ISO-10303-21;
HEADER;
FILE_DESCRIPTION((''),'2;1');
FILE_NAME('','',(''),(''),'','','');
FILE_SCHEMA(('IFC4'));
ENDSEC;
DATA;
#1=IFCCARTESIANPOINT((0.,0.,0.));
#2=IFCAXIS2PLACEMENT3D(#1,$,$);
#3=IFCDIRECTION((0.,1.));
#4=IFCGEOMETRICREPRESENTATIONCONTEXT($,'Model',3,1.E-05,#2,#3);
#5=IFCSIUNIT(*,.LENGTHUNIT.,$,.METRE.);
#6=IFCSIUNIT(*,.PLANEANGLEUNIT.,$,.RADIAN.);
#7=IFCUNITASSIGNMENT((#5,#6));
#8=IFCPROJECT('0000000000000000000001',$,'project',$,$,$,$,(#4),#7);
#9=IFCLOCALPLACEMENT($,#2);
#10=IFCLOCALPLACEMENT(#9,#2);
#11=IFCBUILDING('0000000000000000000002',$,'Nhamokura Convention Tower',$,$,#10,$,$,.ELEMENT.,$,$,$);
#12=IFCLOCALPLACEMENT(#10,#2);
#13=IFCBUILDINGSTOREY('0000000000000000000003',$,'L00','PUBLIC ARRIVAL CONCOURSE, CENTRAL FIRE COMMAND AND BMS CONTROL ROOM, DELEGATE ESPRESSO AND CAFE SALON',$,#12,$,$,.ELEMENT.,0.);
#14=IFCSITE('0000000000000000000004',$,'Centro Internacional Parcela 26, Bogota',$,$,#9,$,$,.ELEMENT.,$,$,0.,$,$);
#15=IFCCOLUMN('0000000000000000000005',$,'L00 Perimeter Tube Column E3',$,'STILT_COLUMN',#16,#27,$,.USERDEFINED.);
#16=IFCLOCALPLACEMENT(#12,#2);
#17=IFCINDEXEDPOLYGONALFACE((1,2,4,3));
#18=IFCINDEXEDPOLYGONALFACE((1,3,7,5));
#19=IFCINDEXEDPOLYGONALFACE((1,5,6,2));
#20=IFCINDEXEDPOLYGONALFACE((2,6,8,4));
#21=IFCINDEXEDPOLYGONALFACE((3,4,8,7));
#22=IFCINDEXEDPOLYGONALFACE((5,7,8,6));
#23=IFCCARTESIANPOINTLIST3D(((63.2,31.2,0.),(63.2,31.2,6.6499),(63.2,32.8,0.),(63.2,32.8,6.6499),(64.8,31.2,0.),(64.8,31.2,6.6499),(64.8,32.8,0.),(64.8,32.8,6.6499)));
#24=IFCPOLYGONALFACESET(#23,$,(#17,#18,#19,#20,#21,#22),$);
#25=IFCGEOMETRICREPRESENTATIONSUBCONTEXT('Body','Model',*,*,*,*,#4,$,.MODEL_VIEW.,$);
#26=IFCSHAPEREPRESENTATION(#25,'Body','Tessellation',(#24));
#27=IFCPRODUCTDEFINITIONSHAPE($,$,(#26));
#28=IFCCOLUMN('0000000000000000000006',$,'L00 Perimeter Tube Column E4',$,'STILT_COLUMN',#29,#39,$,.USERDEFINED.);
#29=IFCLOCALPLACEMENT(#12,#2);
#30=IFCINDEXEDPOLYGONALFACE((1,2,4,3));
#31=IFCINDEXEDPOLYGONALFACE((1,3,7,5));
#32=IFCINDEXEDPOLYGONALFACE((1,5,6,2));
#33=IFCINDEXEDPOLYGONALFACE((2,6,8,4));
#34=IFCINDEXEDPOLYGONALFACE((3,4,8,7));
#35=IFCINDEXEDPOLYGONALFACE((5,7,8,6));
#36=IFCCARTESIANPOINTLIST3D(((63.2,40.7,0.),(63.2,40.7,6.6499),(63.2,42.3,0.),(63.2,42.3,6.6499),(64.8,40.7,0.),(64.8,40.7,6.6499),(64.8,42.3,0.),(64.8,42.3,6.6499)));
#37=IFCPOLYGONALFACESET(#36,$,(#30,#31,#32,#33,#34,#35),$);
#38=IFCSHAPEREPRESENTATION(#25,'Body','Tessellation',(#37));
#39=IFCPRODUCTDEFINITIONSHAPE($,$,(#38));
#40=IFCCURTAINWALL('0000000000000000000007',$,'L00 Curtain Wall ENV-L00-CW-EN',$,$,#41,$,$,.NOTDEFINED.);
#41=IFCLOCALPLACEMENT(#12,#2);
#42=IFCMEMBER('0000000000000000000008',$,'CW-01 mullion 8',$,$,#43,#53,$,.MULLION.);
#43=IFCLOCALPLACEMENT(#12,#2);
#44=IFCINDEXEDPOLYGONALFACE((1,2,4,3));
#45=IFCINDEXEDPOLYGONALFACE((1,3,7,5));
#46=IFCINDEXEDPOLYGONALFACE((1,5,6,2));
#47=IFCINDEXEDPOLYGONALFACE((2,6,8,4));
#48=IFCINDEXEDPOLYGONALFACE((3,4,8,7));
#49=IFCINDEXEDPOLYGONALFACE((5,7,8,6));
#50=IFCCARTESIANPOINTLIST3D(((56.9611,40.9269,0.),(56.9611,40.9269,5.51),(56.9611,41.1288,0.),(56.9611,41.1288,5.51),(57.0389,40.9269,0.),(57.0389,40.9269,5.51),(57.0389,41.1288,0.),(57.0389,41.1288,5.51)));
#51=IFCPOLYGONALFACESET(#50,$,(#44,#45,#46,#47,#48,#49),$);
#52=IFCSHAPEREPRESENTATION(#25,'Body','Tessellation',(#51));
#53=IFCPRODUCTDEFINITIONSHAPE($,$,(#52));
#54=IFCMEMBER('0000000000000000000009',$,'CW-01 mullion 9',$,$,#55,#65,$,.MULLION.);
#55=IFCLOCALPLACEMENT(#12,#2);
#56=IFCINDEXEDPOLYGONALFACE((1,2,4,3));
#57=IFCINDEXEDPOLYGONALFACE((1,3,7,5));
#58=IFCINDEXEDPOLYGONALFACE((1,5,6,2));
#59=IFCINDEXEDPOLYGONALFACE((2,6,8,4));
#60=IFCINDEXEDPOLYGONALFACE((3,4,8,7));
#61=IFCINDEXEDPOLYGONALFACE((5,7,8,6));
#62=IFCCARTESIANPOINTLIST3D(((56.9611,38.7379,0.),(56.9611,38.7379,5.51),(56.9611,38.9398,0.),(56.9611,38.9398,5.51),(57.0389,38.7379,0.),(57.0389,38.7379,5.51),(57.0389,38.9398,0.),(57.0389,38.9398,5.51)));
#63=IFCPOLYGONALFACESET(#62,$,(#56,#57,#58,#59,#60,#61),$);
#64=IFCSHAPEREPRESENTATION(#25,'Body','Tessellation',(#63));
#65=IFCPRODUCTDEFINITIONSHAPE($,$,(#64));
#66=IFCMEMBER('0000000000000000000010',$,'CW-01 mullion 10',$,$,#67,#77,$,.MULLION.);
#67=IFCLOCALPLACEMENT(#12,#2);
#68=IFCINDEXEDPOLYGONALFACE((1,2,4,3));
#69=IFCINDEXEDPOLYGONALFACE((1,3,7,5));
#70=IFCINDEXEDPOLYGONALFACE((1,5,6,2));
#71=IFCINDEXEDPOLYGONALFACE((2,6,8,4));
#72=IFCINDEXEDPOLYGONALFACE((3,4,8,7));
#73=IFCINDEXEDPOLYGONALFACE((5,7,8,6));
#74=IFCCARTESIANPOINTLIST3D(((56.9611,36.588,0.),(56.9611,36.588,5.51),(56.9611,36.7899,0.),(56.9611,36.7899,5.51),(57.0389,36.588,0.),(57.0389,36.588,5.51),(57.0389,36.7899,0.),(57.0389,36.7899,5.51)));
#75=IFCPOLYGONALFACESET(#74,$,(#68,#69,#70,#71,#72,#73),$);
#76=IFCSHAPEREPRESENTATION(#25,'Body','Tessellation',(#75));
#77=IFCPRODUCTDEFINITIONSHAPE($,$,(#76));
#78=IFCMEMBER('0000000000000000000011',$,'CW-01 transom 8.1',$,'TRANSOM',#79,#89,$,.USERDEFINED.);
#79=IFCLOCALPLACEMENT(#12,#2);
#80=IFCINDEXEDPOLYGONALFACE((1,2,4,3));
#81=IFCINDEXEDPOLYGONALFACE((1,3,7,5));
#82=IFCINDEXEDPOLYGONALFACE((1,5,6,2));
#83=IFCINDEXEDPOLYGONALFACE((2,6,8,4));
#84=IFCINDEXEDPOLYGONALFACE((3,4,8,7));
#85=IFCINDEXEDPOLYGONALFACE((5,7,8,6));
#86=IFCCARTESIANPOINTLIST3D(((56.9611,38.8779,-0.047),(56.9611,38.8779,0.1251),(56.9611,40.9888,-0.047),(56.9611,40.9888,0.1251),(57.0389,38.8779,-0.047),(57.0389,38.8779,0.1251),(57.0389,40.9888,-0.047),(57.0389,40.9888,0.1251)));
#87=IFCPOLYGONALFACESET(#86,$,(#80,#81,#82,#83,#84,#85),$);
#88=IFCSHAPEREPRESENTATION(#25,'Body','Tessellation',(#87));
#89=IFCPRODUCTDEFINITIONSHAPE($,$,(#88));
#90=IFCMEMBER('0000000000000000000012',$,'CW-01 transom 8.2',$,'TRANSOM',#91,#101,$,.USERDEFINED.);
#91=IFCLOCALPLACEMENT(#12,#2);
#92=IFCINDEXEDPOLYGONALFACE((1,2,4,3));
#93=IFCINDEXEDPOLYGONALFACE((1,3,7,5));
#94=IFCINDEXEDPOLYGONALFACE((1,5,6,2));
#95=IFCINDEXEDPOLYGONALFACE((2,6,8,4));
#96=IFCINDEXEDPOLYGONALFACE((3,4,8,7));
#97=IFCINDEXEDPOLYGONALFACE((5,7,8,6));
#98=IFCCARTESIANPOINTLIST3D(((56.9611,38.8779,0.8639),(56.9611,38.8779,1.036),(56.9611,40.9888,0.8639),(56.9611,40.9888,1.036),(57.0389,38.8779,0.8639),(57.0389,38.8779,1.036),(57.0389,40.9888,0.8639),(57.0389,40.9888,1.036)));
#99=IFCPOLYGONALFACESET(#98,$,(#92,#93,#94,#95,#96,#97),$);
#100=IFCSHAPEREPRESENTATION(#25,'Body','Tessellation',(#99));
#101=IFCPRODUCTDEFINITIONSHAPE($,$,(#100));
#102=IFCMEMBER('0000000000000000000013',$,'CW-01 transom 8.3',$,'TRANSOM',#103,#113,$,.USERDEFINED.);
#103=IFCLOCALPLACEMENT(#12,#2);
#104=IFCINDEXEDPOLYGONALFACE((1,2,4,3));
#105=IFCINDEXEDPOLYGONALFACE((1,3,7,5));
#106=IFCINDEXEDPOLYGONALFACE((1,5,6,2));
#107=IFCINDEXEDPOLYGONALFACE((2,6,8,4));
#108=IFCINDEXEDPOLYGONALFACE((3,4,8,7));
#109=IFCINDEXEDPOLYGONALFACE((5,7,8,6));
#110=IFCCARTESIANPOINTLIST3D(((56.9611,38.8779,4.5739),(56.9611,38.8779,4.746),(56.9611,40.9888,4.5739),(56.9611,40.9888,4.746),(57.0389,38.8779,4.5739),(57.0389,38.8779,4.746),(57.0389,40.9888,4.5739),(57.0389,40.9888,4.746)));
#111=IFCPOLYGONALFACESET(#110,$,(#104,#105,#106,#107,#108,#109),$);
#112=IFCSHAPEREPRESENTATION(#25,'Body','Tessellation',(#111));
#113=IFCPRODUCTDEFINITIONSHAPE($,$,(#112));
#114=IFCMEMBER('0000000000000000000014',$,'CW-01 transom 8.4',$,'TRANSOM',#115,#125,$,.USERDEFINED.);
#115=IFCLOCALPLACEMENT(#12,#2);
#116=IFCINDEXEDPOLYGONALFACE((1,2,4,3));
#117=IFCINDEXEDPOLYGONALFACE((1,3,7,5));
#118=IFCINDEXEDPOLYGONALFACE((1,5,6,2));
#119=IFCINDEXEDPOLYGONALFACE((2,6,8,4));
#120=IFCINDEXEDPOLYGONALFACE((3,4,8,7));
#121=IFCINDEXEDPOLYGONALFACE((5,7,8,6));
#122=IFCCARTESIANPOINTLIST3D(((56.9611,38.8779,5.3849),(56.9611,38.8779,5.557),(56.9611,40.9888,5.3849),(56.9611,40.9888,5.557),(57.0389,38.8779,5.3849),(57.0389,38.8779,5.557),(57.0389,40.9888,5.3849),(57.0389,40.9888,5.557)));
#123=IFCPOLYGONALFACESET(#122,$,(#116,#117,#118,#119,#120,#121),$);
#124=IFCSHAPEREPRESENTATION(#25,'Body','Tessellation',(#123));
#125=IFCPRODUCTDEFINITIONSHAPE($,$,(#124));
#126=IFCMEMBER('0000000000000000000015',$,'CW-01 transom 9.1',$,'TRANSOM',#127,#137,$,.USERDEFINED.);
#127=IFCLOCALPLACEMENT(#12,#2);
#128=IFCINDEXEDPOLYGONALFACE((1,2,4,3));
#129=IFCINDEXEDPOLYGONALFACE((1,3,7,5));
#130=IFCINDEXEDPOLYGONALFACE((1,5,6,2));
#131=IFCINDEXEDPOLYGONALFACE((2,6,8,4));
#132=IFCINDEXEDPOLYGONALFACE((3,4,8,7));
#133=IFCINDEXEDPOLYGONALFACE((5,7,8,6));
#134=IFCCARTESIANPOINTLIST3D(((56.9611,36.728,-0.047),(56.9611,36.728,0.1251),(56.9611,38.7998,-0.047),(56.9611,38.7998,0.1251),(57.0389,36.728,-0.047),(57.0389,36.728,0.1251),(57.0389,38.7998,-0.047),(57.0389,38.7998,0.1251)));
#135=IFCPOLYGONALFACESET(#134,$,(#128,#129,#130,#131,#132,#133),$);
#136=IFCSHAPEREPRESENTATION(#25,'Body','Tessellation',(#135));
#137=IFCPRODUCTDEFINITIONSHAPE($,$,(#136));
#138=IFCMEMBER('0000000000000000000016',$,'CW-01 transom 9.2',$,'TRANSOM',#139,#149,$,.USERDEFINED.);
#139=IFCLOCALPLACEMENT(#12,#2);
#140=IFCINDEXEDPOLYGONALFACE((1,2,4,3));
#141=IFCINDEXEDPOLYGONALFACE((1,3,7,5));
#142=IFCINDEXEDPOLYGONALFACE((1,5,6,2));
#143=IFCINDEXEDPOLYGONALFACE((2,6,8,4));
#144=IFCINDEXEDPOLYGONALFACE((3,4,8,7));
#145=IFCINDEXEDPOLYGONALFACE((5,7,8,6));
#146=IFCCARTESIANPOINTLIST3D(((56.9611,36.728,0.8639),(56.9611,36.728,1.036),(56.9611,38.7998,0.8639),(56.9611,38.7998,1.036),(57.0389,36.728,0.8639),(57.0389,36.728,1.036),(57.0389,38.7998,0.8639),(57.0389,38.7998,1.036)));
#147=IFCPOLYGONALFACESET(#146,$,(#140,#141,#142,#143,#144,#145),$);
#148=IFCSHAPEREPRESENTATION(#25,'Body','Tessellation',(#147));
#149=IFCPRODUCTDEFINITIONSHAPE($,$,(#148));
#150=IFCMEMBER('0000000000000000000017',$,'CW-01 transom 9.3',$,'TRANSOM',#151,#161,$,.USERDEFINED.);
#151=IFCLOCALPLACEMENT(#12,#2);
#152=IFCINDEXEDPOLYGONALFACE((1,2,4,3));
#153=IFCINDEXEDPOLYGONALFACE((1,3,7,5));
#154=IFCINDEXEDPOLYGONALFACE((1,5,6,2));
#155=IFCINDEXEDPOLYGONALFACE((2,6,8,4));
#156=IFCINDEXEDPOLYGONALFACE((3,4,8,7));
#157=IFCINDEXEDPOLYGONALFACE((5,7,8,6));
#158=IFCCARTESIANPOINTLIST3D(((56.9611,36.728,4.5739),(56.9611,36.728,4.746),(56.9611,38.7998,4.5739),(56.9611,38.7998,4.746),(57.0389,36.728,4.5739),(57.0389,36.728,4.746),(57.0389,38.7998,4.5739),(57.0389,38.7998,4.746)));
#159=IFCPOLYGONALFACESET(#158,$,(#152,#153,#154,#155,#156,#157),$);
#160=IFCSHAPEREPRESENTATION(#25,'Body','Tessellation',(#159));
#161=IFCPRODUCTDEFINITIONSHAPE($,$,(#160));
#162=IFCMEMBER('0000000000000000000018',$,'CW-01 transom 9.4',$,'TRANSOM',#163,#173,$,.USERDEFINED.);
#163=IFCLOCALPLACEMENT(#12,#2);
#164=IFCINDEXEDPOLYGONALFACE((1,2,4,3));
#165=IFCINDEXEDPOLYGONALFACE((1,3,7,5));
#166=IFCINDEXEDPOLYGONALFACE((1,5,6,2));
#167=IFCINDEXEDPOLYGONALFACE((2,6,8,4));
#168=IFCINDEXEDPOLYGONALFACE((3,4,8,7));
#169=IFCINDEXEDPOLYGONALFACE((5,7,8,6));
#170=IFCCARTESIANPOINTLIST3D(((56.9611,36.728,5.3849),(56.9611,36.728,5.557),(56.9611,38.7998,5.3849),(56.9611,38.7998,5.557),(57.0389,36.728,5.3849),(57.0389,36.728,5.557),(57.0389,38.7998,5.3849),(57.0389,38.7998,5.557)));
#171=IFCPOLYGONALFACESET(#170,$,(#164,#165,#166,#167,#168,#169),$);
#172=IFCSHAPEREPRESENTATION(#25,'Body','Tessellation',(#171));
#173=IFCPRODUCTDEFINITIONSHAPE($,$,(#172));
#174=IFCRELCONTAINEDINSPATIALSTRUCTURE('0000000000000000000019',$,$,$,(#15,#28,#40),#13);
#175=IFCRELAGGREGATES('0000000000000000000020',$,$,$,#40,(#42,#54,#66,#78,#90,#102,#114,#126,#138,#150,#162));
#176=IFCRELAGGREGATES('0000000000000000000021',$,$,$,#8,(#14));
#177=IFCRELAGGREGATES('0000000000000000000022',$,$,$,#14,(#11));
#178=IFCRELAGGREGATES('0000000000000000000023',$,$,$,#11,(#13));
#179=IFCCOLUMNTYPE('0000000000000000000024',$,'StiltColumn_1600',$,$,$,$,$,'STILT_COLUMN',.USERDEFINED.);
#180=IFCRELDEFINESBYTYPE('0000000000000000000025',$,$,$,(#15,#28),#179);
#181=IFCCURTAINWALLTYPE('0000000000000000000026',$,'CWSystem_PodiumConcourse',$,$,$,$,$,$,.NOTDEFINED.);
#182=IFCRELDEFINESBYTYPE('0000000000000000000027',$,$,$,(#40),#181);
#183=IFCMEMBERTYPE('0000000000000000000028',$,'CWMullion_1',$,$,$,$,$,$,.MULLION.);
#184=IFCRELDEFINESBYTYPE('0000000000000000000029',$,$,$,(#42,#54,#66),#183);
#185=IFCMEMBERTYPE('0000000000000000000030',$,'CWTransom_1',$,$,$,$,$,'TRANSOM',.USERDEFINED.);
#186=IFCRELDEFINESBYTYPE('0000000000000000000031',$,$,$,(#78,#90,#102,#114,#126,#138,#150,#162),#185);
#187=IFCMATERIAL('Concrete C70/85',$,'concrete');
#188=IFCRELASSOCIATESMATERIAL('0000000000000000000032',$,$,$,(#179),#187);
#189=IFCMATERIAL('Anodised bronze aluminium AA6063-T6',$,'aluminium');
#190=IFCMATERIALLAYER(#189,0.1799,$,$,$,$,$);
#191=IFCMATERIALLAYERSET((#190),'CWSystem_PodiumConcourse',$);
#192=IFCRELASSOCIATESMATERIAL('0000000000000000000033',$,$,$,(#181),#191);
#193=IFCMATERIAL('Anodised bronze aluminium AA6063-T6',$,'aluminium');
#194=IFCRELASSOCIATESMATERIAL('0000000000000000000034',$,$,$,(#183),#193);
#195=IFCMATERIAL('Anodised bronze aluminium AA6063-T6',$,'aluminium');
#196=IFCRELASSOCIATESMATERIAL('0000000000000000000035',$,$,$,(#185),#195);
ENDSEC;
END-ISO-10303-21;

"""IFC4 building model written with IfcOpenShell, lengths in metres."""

from ifc_helpers import new_model, si_unit, direction, frame, origin, origin_2d, place, context, subcontext, project, spatial, rectangle, extrude, material, layer, layer_set, material_profile, profile_set, type_object, element, aggregate, save


model = new_model("IFC4")

# Units and contexts
model_context = context("Model", 3, precision=1e-05, world=origin(), true_north=direction((0.0, 1.0)))
body_context = subcontext(model_context, "Body", "Model", "MODEL_VIEW")
ifc_project = project(units=[si_unit("LENGTHUNIT", "METRE"), si_unit("PLANEANGLEUNIT", "RADIAN")], contexts=[model_context])

# Site, building, storey
site_placement = place(None, origin())
site = spatial("IfcSite", under=ifc_project, at=site_placement, Name="Centro Internacional Parcela 26, Bogota", CompositionType="ELEMENT", RefElevation=0.0)
building_placement = place(site_placement, origin())
building = spatial("IfcBuilding", under=site, at=building_placement, Name="Nhamokura Convention Tower", CompositionType="ELEMENT")
storey_placement = place(building_placement, origin())
storey = spatial("IfcBuildingStorey", under=building, at=storey_placement, Name="L00", Description="PUBLIC ARRIVAL CONCOURSE, CENTRAL FIRE COMMAND AND BMS CONTROL ROOM, DELEGATE ESPRESSO AND CAFE SALON", CompositionType="ELEMENT", Elevation=0.0)

# Columns
ifc_material_1 = material(Name="Concrete C70/85", Category="concrete")
ifc_material_profile_1 = material_profile(ifc_material_1, rectangle(XDim=1.6001, YDim=1.6001, at=origin_2d()))
ifc_profile_set_1 = profile_set([ifc_material_profile_1], Name="Concrete C70/85")
column_type = type_object("IfcColumnType", Name="StiltColumn_1600", ElementType="STILT_COLUMN", PredefinedType="USERDEFINED", material=ifc_profile_set_1)
for number, where, z_axis, x_axis, name in (
    (1, (64.0, 32.0, 0.0), (0.0, 0.0, 1.0), (1.0, 0.0, 0.0), "L00 Perimeter Tube Column E3"),
    (2, (64.0, 41.5, 0.0), (0.0, 0.0, 1.0), (1.0, 0.0, 0.0), "L00 Perimeter Tube Column E4"),
):
    element("IfcColumn", number, at=place(storey_placement, frame(where, z_axis=z_axis, x_axis=x_axis)), inside=storey, type_object=column_type, Name=name, ObjectType="STILT_COLUMN", PredefinedType="USERDEFINED", context=body_context, shape_type="SweptSolid", body=[
        extrude(rectangle(XDim=1.6001, YDim=1.6001, at=origin_2d()), origin(), (0.0, 0.0, 1.0), 6.6499),
    ])

# Curtain wall, members
ifc_material_2 = material(Name="Anodised bronze aluminium AA6063-T6", Category="aluminium")
ifc_layer_1 = layer(ifc_material_2, 0.1799)
ifc_layer_set_1 = layer_set([ifc_layer_1], Name="CWSystem_PodiumConcourse")
curtain_wall_type = type_object("IfcCurtainWallType", Name="CWSystem_PodiumConcourse", PredefinedType="NOTDEFINED", material=ifc_layer_set_1)
curtain_wall_placement = place(storey_placement, origin())
curtain_wall = element("IfcCurtainWall", 3, at=curtain_wall_placement, inside=storey, type_object=curtain_wall_type, Name="L00 Curtain Wall ENV-L00-CW-EN", PredefinedType="NOTDEFINED")
ifc_material_3 = material(Name="Anodised bronze aluminium AA6063-T6", Category="aluminium")
ifc_material_profile_2 = material_profile(ifc_material_3, rectangle(XDim=0.0779, YDim=0.2019, at=origin_2d()))
ifc_profile_set_2 = profile_set([ifc_material_profile_2], Name="Anodised bronze aluminium AA6063-T6")
member_type_1 = type_object("IfcMemberType", Name="CWMullion_1", PredefinedType="MULLION", material=ifc_profile_set_2)
member_1_placement = place(storey_placement, frame((57.0, 41.0278, 0.0), z_axis=(0.0, 0.0, 1.0), x_axis=(1.0, 0.0, 0.0)))
member_1 = element("IfcMember", 4, at=member_1_placement, type_object=member_type_1, Name="CW-01 mullion 8", PredefinedType="MULLION", context=body_context, shape_type="SweptSolid", body=[
    extrude(rectangle(XDim=0.0779, YDim=0.2019, at=origin_2d()), origin(), (0.0, 0.0, 1.0), 5.51),
])
member_2_placement = place(storey_placement, frame((57.0, 38.8389, 0.0), z_axis=(0.0, 0.0, 1.0), x_axis=(1.0, 0.0, 0.0)))
member_2 = element("IfcMember", 5, at=member_2_placement, type_object=member_type_1, Name="CW-01 mullion 9", PredefinedType="MULLION", context=body_context, shape_type="SweptSolid", body=[
    extrude(rectangle(XDim=0.0779, YDim=0.2019, at=origin_2d()), origin(), (0.0, 0.0, 1.0), 5.51),
])
member_3_placement = place(storey_placement, frame((57.0, 36.689, 0.0), z_axis=(0.0, 0.0, 1.0), x_axis=(1.0, 0.0, 0.0)))
member_3 = element("IfcMember", 6, at=member_3_placement, type_object=member_type_1, Name="CW-01 mullion 10", PredefinedType="MULLION", context=body_context, shape_type="SweptSolid", body=[
    extrude(rectangle(XDim=0.0779, YDim=0.2019, at=origin_2d()), origin(), (0.0, 0.0, 1.0), 5.51),
])
ifc_material_4 = material(Name="Anodised bronze aluminium AA6063-T6", Category="aluminium")
ifc_material_profile_3 = material_profile(ifc_material_4, rectangle(XDim=0.0779, YDim=0.1721, at=origin_2d()))
ifc_profile_set_3 = profile_set([ifc_material_profile_3], Name="Anodised bronze aluminium AA6063-T6")
member_type_2 = type_object("IfcMemberType", Name="CWTransom_1", ElementType="TRANSOM", PredefinedType="USERDEFINED", material=ifc_profile_set_3)
member_4_placement = place(storey_placement, frame((57.0, 40.9888, 0.0391), z_axis=(0.0, -1.0, 0.0), x_axis=(1.0, 0.0, 0.0)))
member_4 = element("IfcMember", 7, at=member_4_placement, type_object=member_type_2, Name="CW-01 transom 8.1", ObjectType="TRANSOM", PredefinedType="USERDEFINED", context=body_context, shape_type="SweptSolid", body=[
    extrude(rectangle(XDim=0.0779, YDim=0.1721, at=origin_2d()), origin(), (0.0, 0.0, 1.0), 2.1108),
])
member_5_placement = place(storey_placement, frame((57.0, 40.9888, 0.95), z_axis=(0.0, -1.0, 0.0), x_axis=(1.0, 0.0, 0.0)))
member_5 = element("IfcMember", 8, at=member_5_placement, type_object=member_type_2, Name="CW-01 transom 8.2", ObjectType="TRANSOM", PredefinedType="USERDEFINED", context=body_context, shape_type="SweptSolid", body=[
    extrude(rectangle(XDim=0.0779, YDim=0.1721, at=origin_2d()), origin(), (0.0, 0.0, 1.0), 2.1108),
])
member_6_placement = place(storey_placement, frame((57.0, 40.9888, 4.6599), z_axis=(0.0, -1.0, 0.0), x_axis=(1.0, 0.0, 0.0)))
member_6 = element("IfcMember", 9, at=member_6_placement, type_object=member_type_2, Name="CW-01 transom 8.3", ObjectType="TRANSOM", PredefinedType="USERDEFINED", context=body_context, shape_type="SweptSolid", body=[
    extrude(rectangle(XDim=0.0779, YDim=0.1721, at=origin_2d()), origin(), (0.0, 0.0, 1.0), 2.1108),
])
member_7_placement = place(storey_placement, frame((57.0, 40.9888, 5.4709), z_axis=(0.0, -1.0, 0.0), x_axis=(1.0, 0.0, 0.0)))
member_7 = element("IfcMember", 10, at=member_7_placement, type_object=member_type_2, Name="CW-01 transom 8.4", ObjectType="TRANSOM", PredefinedType="USERDEFINED", context=body_context, shape_type="SweptSolid", body=[
    extrude(rectangle(XDim=0.0779, YDim=0.1721, at=origin_2d()), origin(), (0.0, 0.0, 1.0), 2.1108),
])
member_8_placement = place(storey_placement, frame((57.0, 38.7998, 0.0391), z_axis=(0.0, -1.0, 0.0), x_axis=(1.0, 0.0, 0.0)))
member_8 = element("IfcMember", 11, at=member_8_placement, type_object=member_type_2, Name="CW-01 transom 9.1", ObjectType="TRANSOM", PredefinedType="USERDEFINED", context=body_context, shape_type="SweptSolid", body=[
    extrude(rectangle(XDim=0.0779, YDim=0.1721, at=origin_2d()), origin(), (0.0, 0.0, 1.0), 2.0718),
])
member_9_placement = place(storey_placement, frame((57.0, 38.7998, 0.95), z_axis=(0.0, -1.0, 0.0), x_axis=(1.0, 0.0, 0.0)))
member_9 = element("IfcMember", 12, at=member_9_placement, type_object=member_type_2, Name="CW-01 transom 9.2", ObjectType="TRANSOM", PredefinedType="USERDEFINED", context=body_context, shape_type="SweptSolid", body=[
    extrude(rectangle(XDim=0.0779, YDim=0.1721, at=origin_2d()), origin(), (0.0, 0.0, 1.0), 2.0718),
])
member_10_placement = place(storey_placement, frame((57.0, 38.7998, 4.6599), z_axis=(0.0, -1.0, 0.0), x_axis=(1.0, 0.0, 0.0)))
member_10 = element("IfcMember", 13, at=member_10_placement, type_object=member_type_2, Name="CW-01 transom 9.3", ObjectType="TRANSOM", PredefinedType="USERDEFINED", context=body_context, shape_type="SweptSolid", body=[
    extrude(rectangle(XDim=0.0779, YDim=0.1721, at=origin_2d()), origin(), (0.0, 0.0, 1.0), 2.0718),
])
member_11_placement = place(storey_placement, frame((57.0, 38.7998, 5.4709), z_axis=(0.0, -1.0, 0.0), x_axis=(1.0, 0.0, 0.0)))
member_11 = element("IfcMember", 14, at=member_11_placement, type_object=member_type_2, Name="CW-01 transom 9.4", ObjectType="TRANSOM", PredefinedType="USERDEFINED", context=body_context, shape_type="SweptSolid", body=[
    extrude(rectangle(XDim=0.0779, YDim=0.1721, at=origin_2d()), origin(), (0.0, 0.0, 1.0), 2.0718),
])

aggregate(curtain_wall, [member_1, member_2, member_3, member_4, member_5, member_6, member_7, member_8, member_9, member_10, member_11])

save(model, "model.ifc")
